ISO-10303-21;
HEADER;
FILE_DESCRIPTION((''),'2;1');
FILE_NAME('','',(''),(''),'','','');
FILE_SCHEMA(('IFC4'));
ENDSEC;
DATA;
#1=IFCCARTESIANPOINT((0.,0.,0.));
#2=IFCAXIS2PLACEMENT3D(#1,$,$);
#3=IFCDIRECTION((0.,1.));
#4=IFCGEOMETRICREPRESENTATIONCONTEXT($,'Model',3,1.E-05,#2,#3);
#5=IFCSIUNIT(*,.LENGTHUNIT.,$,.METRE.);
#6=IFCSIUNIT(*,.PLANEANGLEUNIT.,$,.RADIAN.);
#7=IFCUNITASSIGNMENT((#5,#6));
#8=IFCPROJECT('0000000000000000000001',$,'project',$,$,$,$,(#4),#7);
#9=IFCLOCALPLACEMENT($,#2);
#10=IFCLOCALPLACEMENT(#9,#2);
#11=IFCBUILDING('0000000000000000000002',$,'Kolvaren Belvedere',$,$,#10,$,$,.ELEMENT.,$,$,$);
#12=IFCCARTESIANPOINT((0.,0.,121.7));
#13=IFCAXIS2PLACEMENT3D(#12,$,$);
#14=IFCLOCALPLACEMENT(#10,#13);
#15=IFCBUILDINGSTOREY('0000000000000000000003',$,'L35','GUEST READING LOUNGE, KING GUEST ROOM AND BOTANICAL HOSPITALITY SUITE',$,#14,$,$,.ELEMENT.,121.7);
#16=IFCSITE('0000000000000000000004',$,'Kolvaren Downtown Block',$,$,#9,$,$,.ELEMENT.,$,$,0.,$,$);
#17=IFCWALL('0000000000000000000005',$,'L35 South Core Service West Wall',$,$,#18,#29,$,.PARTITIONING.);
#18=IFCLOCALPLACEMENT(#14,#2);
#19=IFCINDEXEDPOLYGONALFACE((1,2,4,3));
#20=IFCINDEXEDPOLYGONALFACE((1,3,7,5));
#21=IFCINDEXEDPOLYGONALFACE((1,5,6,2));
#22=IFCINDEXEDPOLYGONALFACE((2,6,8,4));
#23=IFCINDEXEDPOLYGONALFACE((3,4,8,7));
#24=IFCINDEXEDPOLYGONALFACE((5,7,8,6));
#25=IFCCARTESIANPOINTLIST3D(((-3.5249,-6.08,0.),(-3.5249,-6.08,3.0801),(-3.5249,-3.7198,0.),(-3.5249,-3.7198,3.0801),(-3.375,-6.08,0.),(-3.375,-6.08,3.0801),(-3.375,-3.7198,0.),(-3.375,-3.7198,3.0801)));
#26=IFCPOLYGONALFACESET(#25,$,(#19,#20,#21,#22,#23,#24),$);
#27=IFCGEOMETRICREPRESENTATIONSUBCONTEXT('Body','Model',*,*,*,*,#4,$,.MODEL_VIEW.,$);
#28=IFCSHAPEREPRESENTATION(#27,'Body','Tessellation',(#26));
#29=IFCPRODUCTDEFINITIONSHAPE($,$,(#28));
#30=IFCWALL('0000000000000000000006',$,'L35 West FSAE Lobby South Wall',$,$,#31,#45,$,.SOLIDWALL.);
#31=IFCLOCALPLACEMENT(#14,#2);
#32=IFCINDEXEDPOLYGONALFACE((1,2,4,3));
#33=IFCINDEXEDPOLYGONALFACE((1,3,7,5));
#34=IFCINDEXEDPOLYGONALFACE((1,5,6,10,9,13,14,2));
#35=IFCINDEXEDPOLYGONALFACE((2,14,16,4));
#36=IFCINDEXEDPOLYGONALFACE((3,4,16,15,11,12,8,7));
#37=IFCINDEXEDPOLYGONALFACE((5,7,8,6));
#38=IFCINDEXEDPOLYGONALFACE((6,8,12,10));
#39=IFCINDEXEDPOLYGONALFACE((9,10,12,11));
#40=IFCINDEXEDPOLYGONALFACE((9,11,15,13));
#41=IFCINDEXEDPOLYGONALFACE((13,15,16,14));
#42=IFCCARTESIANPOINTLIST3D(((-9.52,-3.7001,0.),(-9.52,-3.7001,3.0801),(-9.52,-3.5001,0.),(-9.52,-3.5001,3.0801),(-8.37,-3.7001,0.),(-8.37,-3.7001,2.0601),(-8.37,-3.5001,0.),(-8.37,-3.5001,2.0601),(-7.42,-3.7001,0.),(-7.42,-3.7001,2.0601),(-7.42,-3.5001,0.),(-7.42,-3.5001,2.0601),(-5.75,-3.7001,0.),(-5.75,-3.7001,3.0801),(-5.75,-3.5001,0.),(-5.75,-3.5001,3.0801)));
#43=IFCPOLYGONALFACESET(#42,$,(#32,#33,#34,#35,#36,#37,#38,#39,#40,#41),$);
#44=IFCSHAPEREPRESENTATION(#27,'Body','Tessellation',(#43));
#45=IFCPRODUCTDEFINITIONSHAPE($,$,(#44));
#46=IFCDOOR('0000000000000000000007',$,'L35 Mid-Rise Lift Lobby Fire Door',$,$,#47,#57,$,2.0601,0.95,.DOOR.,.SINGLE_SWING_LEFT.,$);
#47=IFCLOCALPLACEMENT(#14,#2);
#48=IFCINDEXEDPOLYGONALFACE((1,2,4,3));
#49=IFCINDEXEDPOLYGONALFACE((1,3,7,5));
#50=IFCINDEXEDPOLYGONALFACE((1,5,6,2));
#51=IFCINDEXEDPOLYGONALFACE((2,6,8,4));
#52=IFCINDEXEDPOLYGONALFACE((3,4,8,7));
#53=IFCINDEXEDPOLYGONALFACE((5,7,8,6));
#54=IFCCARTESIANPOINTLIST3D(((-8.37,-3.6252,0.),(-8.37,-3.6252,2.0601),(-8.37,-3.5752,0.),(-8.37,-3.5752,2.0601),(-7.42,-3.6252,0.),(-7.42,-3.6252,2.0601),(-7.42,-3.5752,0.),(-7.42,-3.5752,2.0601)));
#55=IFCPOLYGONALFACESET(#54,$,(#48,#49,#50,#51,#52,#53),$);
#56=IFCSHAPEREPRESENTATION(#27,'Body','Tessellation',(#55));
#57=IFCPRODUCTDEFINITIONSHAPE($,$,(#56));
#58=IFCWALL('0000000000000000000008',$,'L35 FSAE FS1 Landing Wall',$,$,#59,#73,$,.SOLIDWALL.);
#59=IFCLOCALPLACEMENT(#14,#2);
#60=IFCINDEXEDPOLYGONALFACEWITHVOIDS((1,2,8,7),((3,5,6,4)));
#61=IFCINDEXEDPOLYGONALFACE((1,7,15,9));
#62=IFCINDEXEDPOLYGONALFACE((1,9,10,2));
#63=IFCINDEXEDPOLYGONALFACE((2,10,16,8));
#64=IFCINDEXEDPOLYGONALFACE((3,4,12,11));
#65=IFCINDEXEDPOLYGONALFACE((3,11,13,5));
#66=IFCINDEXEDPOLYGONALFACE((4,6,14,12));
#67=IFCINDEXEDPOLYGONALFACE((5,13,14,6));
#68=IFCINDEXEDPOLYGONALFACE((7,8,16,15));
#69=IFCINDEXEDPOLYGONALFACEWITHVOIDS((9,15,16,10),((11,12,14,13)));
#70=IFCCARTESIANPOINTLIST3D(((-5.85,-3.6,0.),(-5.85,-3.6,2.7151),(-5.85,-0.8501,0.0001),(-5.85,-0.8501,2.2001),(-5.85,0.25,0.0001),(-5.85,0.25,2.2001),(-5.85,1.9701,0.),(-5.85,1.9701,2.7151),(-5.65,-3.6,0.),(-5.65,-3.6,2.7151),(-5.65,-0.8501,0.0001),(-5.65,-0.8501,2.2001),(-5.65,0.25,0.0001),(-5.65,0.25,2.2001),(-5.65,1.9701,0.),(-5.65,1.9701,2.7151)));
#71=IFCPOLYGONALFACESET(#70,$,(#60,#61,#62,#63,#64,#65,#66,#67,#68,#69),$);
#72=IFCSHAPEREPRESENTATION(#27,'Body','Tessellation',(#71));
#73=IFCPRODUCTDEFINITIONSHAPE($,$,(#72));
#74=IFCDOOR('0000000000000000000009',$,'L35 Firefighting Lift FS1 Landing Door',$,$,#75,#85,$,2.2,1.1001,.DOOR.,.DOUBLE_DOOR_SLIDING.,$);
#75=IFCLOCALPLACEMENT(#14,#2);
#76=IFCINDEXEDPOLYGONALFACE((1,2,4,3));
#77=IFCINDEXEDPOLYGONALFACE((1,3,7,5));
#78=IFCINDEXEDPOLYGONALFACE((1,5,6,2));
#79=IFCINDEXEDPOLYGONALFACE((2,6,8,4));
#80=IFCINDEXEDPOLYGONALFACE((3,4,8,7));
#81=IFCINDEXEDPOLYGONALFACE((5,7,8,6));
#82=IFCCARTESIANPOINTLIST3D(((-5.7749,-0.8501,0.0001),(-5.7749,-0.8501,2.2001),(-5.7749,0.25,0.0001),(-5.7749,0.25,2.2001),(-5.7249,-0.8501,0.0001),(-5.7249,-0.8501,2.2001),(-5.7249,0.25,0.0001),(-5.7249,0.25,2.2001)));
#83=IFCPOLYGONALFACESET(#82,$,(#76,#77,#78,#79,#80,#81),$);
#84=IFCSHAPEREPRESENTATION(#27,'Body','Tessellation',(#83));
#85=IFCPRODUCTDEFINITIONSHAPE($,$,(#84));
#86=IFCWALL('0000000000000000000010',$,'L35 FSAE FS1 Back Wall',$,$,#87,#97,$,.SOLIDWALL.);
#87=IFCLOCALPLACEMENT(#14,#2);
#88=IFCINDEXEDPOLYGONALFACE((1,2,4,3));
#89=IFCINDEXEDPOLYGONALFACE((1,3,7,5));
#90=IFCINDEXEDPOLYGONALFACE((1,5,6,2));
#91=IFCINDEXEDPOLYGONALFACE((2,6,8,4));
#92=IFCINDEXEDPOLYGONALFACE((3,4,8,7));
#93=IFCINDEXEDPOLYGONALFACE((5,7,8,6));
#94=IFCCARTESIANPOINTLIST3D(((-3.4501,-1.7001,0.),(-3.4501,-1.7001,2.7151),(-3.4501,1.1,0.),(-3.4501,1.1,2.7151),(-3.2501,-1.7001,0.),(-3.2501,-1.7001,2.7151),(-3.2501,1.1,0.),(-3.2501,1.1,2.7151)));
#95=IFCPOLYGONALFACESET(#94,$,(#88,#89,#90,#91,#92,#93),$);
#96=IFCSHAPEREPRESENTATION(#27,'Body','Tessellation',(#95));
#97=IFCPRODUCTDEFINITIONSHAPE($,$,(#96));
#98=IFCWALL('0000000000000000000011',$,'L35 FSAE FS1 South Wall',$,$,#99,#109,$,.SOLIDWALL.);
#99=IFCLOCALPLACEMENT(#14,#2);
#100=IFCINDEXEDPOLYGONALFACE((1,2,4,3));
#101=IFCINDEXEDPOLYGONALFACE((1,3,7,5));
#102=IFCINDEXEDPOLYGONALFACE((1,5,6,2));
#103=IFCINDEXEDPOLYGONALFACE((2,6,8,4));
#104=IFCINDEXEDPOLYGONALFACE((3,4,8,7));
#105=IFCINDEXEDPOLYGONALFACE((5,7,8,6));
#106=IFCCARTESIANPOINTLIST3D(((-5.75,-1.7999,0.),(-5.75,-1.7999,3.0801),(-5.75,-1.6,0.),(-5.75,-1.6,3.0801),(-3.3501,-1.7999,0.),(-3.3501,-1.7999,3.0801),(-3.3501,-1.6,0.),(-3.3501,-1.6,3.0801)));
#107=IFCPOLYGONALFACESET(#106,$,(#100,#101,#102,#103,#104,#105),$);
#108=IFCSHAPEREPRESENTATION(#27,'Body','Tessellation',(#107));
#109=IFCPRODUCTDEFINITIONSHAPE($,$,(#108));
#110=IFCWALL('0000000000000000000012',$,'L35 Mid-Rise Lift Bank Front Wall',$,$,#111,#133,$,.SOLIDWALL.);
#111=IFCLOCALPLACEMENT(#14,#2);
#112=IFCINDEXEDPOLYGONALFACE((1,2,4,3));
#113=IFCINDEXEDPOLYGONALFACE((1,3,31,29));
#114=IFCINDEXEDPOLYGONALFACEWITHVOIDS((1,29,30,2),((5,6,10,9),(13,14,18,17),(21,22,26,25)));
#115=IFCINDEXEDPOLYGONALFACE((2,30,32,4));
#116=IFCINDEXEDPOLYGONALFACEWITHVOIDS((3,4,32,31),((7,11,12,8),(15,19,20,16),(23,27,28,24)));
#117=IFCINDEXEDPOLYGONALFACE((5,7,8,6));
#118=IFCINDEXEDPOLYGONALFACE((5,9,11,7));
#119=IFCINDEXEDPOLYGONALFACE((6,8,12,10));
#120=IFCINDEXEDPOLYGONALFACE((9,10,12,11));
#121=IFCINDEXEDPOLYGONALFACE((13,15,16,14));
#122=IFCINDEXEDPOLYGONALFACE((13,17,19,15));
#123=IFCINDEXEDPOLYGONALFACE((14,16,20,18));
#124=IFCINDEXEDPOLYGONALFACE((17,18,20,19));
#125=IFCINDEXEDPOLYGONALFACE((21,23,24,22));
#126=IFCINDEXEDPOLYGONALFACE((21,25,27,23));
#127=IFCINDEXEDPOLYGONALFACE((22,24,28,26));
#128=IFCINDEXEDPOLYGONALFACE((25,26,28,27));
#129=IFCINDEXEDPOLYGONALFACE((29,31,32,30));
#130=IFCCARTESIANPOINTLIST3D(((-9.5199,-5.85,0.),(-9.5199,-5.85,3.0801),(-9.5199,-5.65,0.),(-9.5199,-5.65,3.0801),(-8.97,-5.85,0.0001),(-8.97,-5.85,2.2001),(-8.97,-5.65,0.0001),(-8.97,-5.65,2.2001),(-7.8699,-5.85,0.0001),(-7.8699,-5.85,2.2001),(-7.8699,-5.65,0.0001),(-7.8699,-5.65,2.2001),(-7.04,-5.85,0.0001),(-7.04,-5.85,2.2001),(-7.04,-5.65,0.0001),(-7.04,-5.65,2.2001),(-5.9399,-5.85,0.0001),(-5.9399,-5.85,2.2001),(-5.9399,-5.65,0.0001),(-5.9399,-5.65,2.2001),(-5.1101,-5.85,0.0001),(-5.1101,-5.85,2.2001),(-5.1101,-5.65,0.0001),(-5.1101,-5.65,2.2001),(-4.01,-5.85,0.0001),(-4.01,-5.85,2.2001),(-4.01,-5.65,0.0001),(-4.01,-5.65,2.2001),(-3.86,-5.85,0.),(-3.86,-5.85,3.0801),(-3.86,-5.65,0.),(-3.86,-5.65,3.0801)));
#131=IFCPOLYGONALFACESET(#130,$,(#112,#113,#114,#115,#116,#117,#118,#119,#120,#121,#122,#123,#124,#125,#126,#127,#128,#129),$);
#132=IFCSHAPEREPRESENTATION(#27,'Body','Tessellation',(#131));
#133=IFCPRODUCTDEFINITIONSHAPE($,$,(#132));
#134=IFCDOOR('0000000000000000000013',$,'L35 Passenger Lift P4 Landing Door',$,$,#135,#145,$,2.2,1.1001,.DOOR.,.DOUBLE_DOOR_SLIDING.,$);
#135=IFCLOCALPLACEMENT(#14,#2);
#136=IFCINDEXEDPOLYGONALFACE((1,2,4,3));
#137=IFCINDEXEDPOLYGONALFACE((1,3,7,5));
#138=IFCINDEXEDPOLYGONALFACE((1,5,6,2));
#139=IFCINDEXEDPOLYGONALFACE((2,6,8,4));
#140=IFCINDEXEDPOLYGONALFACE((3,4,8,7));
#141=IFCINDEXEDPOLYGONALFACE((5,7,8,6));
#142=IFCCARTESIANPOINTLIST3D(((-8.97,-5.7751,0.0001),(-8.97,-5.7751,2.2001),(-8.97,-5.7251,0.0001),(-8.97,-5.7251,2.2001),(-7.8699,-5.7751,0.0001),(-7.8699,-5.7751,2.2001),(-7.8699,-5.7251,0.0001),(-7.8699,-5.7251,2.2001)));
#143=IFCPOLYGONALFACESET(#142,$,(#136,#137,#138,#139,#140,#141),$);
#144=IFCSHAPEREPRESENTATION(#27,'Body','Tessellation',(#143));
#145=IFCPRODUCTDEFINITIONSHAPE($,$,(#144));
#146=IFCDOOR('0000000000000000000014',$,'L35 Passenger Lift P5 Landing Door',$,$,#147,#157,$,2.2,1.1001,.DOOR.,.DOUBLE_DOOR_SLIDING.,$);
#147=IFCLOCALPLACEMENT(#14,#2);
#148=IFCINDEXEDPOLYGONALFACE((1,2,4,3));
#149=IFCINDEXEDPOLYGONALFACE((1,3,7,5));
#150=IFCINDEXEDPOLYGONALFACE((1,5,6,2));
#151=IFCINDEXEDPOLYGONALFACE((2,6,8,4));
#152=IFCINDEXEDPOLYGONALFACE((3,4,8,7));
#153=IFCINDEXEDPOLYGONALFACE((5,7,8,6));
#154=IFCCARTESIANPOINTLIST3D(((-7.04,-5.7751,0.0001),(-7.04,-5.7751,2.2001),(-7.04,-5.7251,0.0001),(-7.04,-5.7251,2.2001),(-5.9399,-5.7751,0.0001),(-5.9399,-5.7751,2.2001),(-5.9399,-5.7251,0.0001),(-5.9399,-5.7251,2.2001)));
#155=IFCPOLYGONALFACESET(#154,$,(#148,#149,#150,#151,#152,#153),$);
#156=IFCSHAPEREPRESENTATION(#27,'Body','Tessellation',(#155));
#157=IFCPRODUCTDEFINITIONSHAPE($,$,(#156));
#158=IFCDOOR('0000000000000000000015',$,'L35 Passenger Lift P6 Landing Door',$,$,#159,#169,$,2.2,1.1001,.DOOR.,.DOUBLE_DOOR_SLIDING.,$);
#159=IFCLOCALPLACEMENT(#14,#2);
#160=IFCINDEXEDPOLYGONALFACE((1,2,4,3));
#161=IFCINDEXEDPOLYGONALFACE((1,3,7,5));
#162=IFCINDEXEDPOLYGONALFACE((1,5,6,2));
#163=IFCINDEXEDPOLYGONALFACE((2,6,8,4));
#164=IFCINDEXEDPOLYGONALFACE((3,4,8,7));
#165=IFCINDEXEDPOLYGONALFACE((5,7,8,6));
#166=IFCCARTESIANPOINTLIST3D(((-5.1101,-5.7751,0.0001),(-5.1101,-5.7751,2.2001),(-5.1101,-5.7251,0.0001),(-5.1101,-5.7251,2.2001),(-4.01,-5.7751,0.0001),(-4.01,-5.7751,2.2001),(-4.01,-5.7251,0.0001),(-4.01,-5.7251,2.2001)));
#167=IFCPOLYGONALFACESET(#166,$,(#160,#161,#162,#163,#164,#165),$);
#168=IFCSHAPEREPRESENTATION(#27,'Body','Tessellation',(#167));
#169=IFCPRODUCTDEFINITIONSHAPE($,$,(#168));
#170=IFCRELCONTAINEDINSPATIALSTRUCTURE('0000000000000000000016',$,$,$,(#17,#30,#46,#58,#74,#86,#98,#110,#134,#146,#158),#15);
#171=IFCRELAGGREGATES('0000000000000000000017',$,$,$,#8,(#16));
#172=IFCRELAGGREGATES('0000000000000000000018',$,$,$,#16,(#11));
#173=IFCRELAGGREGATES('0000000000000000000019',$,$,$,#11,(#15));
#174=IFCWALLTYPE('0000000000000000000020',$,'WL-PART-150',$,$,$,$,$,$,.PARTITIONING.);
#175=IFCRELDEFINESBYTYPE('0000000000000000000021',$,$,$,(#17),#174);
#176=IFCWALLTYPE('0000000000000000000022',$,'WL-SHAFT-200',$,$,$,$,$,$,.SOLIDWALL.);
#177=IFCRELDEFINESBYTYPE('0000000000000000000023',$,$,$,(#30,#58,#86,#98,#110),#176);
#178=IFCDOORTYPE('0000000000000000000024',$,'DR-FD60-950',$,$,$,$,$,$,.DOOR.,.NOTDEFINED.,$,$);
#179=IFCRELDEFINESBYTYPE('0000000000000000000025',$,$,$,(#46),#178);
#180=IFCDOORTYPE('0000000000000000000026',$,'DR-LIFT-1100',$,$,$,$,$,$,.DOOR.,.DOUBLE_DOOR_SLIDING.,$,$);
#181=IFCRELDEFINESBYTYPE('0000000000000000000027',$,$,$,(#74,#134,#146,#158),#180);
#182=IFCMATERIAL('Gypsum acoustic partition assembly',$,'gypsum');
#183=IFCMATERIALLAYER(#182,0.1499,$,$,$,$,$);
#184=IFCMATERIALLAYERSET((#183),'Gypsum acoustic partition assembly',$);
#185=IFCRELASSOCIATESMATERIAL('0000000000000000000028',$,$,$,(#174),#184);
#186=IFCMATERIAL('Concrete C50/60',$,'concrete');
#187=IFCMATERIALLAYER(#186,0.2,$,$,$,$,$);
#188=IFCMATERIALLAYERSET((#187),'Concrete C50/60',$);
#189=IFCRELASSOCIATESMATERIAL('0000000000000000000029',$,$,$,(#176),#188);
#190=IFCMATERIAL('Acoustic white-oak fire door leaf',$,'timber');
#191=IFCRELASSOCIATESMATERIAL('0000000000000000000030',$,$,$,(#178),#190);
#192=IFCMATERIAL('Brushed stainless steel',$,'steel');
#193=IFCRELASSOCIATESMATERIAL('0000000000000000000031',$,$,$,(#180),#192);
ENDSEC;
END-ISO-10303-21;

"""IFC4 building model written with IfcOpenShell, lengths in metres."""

from ifc_helpers import new_model, si_unit, direction, frame, frame_2d, origin, place, context, subcontext, project, spatial, rectangle, extrude, material, layer, layer_set, type_object, element, fill, save


model = new_model("IFC4")

# Units and contexts
model_context = context("Model", 3, precision=1e-05, world=origin(), true_north=direction((0.0, 1.0)))
body_context = subcontext(model_context, "Body", "Model", "MODEL_VIEW")
ifc_project = project(units=[si_unit("LENGTHUNIT", "METRE"), si_unit("PLANEANGLEUNIT", "RADIAN")], contexts=[model_context])

# Site, building, storey
site_placement = place(None, origin())
site = spatial("IfcSite", under=ifc_project, at=site_placement, Name="Kolvaren Downtown Block", CompositionType="ELEMENT", RefElevation=0.0)
building_placement = place(site_placement, origin())
building = spatial("IfcBuilding", under=site, at=building_placement, Name="Kolvaren Belvedere", CompositionType="ELEMENT")
storey_placement = place(building_placement, frame((0.0, 0.0, 121.7)))
storey = spatial("IfcBuildingStorey", under=building, at=storey_placement, Name="L35", Description="GUEST READING LOUNGE, KING GUEST ROOM AND BOTANICAL HOSPITALITY SUITE", CompositionType="ELEMENT", Elevation=121.7)

# Wall
ifc_material_1 = material(Name="Gypsum acoustic partition assembly", Category="gypsum")
ifc_layer_1 = layer(ifc_material_1, 0.1499)
ifc_layer_set_1 = layer_set([ifc_layer_1], Name="Gypsum acoustic partition assembly")
wall_type_1 = type_object("IfcWallType", Name="WL-PART-150", PredefinedType="PARTITIONING", material=ifc_layer_set_1)
wall_1_placement = place(storey_placement, frame((-3.45, -6.0801, 0.0), z_axis=(0.0, 0.0, 1.0), x_axis=(0.0, 1.0, 0.0)))
element("IfcWall", 1, at=wall_1_placement, inside=storey, type_object=wall_type_1, Name="L35 South Core Service West Wall", PredefinedType="PARTITIONING", context=body_context, shape_type="SweptSolid", body=[
    extrude(rectangle(XDim=2.3601, YDim=0.1499, at=frame_2d((1.1802, 0.0))), origin(), (0.0, 0.0, 1.0), 3.0801),
])

# Walls, openings, doors
ifc_material_2 = material(Name="Concrete C50/60", Category="concrete")
ifc_layer_2 = layer(ifc_material_2, 0.2)
ifc_layer_set_2 = layer_set([ifc_layer_2], Name="Concrete C50/60")
wall_type_2 = type_object("IfcWallType", Name="WL-SHAFT-200", PredefinedType="SOLIDWALL", material=ifc_layer_set_2)
wall_2_placement = place(storey_placement, frame((-9.52, -3.6001, 0.0), z_axis=(0.0, 0.0, 1.0), x_axis=(1.0, 0.0, 0.0)))
wall_2 = element("IfcWall", 2, at=wall_2_placement, inside=storey, type_object=wall_type_2, Name="L35 West FSAE Lobby South Wall", PredefinedType="SOLIDWALL", context=body_context, shape_type="SweptSolid", body=[
    extrude(rectangle(XDim=3.77, YDim=0.2, at=frame_2d((1.885, 0.0))), origin(), (0.0, 0.0, 1.0), 3.0801),
])
opening_1_placement = place(wall_2_placement, frame((1.1499, 0.0, 0.0)))
opening_1 = element("IfcOpeningElement", 3, at=opening_1_placement, cuts=wall_2, PredefinedType="OPENING", context=body_context, shape_type="SweptSolid", body=[
    extrude(rectangle(XDim=0.95, YDim=2.0601, at=frame_2d((0.4751, 1.03))), frame((0.0, 0.1099, 0.0), z_axis=(0.0, -1.0, 0.0), x_axis=(1.0, 0.0, 0.0)), (0.0, 0.0, 1.0), 0.22),
])
ifc_material_3 = material(Name="Acoustic white-oak fire door leaf", Category="timber")
door_type_1 = type_object("IfcDoorType", Name="DR-FD60-950", OperationType="NOTDEFINED", PredefinedType="DOOR", material=ifc_material_3)
door_1_placement = place(opening_1_placement, origin())
door_1 = element("IfcDoor", 4, at=door_1_placement, inside=storey, type_object=door_type_1, Name="L35 Mid-Rise Lift Lobby Fire Door", OperationType="SINGLE_SWING_LEFT", OverallHeight=2.0601, OverallWidth=0.95, PredefinedType="DOOR", context=body_context, shape_type="SweptSolid", body=[
    extrude(rectangle(XDim=0.95, YDim=2.0601, at=frame_2d((0.4751, 1.03))), frame((0.0, 0.0249, 0.0), z_axis=(0.0, -1.0, 0.0), x_axis=(1.0, 0.0, 0.0)), (0.0, 0.0, 1.0), 0.05),
])
fill(opening_1, door_1)
wall_3_placement = place(storey_placement, frame((-5.75, -3.6001, 0.0), z_axis=(0.0, 0.0, 1.0), x_axis=(0.0, 1.0, 0.0)))
wall_3 = element("IfcWall", 5, at=wall_3_placement, inside=storey, type_object=wall_type_2, Name="L35 FSAE FS1 Landing Wall", PredefinedType="SOLIDWALL", context=body_context, shape_type="SweptSolid", body=[
    extrude(rectangle(XDim=5.5701, YDim=0.2, at=frame_2d((2.7852, 0.0))), origin(), (0.0, 0.0, 1.0), 2.7151),
])
opening_2_placement = place(wall_3_placement, frame((2.75, 0.0, 0.0)))
opening_2 = element("IfcOpeningElement", 6, at=opening_2_placement, cuts=wall_3, PredefinedType="OPENING", context=body_context, shape_type="SweptSolid", body=[
    extrude(rectangle(XDim=1.1001, YDim=2.2, at=frame_2d((0.55, 1.1001))), frame((0.0, 0.1099, 0.0), z_axis=(0.0, -1.0, 0.0), x_axis=(1.0, 0.0, 0.0)), (0.0, 0.0, 1.0), 0.22),
])
ifc_material_4 = material(Name="Brushed stainless steel", Category="steel")
door_type_2 = type_object("IfcDoorType", Name="DR-LIFT-1100", OperationType="DOUBLE_DOOR_SLIDING", PredefinedType="DOOR", material=ifc_material_4)
door_2_placement = place(opening_2_placement, origin())
door_2 = element("IfcDoor", 7, at=door_2_placement, inside=storey, type_object=door_type_2, Name="L35 Firefighting Lift FS1 Landing Door", OperationType="DOUBLE_DOOR_SLIDING", OverallHeight=2.2, OverallWidth=1.1001, PredefinedType="DOOR", context=body_context, shape_type="SweptSolid", body=[
    extrude(rectangle(XDim=1.1001, YDim=2.2, at=frame_2d((0.55, 1.1001))), frame((0.0, 0.0249, 0.0), z_axis=(0.0, -1.0, 0.0), x_axis=(1.0, 0.0, 0.0)), (0.0, 0.0, 1.0), 0.05),
])
fill(opening_2, door_2)

# Walls
wall_4_placement = place(storey_placement, frame((-3.3501, -1.7, 0.0), z_axis=(0.0, 0.0, 1.0), x_axis=(0.0, 1.0, 0.0)))
element("IfcWall", 8, at=wall_4_placement, inside=storey, type_object=wall_type_2, Name="L35 FSAE FS1 Back Wall", PredefinedType="SOLIDWALL", context=body_context, shape_type="SweptSolid", body=[
    extrude(rectangle(XDim=2.8, YDim=0.2, at=frame_2d((1.3999, 0.0))), origin(), (0.0, 0.0, 1.0), 2.7151),
])
wall_5_placement = place(storey_placement, frame((-5.75, -1.7, 0.0), z_axis=(0.0, 0.0, 1.0), x_axis=(1.0, 0.0, 0.0)))
element("IfcWall", 9, at=wall_5_placement, inside=storey, type_object=wall_type_2, Name="L35 FSAE FS1 South Wall", PredefinedType="SOLIDWALL", context=body_context, shape_type="SweptSolid", body=[
    extrude(rectangle(XDim=2.3999, YDim=0.2, at=frame_2d((1.2, 0.0))), origin(), (0.0, 0.0, 1.0), 3.0801),
])

# Wall, openings, doors
wall_6_placement = place(storey_placement, frame((-9.52, -5.75, 0.0), z_axis=(0.0, 0.0, 1.0), x_axis=(1.0, 0.0, 0.0)))
wall_6 = element("IfcWall", 10, at=wall_6_placement, inside=storey, type_object=wall_type_2, Name="L35 Mid-Rise Lift Bank Front Wall", PredefinedType="SOLIDWALL", context=body_context, shape_type="SweptSolid", body=[
    extrude(rectangle(XDim=5.6599, YDim=0.2, at=frame_2d((2.8301, 0.0))), origin(), (0.0, 0.0, 1.0), 3.0801),
])
opening_3_placement = place(wall_6_placement, frame((0.55, 0.0, 0.0)))
opening_3 = element("IfcOpeningElement", 11, at=opening_3_placement, cuts=wall_6, PredefinedType="OPENING", context=body_context, shape_type="SweptSolid", body=[
    extrude(rectangle(XDim=1.1001, YDim=2.2, at=frame_2d((0.55, 1.1001))), frame((0.0, 0.1099, 0.0), z_axis=(0.0, -1.0, 0.0), x_axis=(1.0, 0.0, 0.0)), (0.0, 0.0, 1.0), 0.22),
])
opening_4_placement = place(wall_6_placement, frame((2.48, 0.0, 0.0)))
opening_4 = element("IfcOpeningElement", 12, at=opening_4_placement, cuts=wall_6, PredefinedType="OPENING", context=body_context, shape_type="SweptSolid", body=[
    extrude(rectangle(XDim=1.1001, YDim=2.2, at=frame_2d((0.55, 1.1001))), frame((0.0, 0.1099, 0.0), z_axis=(0.0, -1.0, 0.0), x_axis=(1.0, 0.0, 0.0)), (0.0, 0.0, 1.0), 0.22),
])
opening_5_placement = place(wall_6_placement, frame((4.4099, 0.0, 0.0)))
opening_5 = element("IfcOpeningElement", 13, at=opening_5_placement, cuts=wall_6, PredefinedType="OPENING", context=body_context, shape_type="SweptSolid", body=[
    extrude(rectangle(XDim=1.1001, YDim=2.2, at=frame_2d((0.55, 1.1001))), frame((0.0, 0.1099, 0.0), z_axis=(0.0, -1.0, 0.0), x_axis=(1.0, 0.0, 0.0)), (0.0, 0.0, 1.0), 0.22),
])
door_3_placement = place(opening_3_placement, origin())
door_3 = element("IfcDoor", 14, at=door_3_placement, inside=storey, type_object=door_type_2, Name="L35 Passenger Lift P4 Landing Door", OperationType="DOUBLE_DOOR_SLIDING", OverallHeight=2.2, OverallWidth=1.1001, PredefinedType="DOOR", context=body_context, shape_type="SweptSolid", body=[
    extrude(rectangle(XDim=1.1001, YDim=2.2, at=frame_2d((0.55, 1.1001))), frame((0.0, 0.0249, 0.0), z_axis=(0.0, -1.0, 0.0), x_axis=(1.0, 0.0, 0.0)), (0.0, 0.0, 1.0), 0.05),
])
fill(opening_3, door_3)
door_4_placement = place(opening_4_placement, origin())
door_4 = element("IfcDoor", 15, at=door_4_placement, inside=storey, type_object=door_type_2, Name="L35 Passenger Lift P5 Landing Door", OperationType="DOUBLE_DOOR_SLIDING", OverallHeight=2.2, OverallWidth=1.1001, PredefinedType="DOOR", context=body_context, shape_type="SweptSolid", body=[
    extrude(rectangle(XDim=1.1001, YDim=2.2, at=frame_2d((0.55, 1.1001))), frame((0.0, 0.0249, 0.0), z_axis=(0.0, -1.0, 0.0), x_axis=(1.0, 0.0, 0.0)), (0.0, 0.0, 1.0), 0.05),
])
fill(opening_4, door_4)
door_5_placement = place(opening_5_placement, origin())
door_5 = element("IfcDoor", 16, at=door_5_placement, inside=storey, type_object=door_type_2, Name="L35 Passenger Lift P6 Landing Door", OperationType="DOUBLE_DOOR_SLIDING", OverallHeight=2.2, OverallWidth=1.1001, PredefinedType="DOOR", context=body_context, shape_type="SweptSolid", body=[
    extrude(rectangle(XDim=1.1001, YDim=2.2, at=frame_2d((0.55, 1.1001))), frame((0.0, 0.0249, 0.0), z_axis=(0.0, -1.0, 0.0), x_axis=(1.0, 0.0, 0.0)), (0.0, 0.0, 1.0), 0.05),
])
fill(opening_5, door_5)

save(model, "model.ifc")
